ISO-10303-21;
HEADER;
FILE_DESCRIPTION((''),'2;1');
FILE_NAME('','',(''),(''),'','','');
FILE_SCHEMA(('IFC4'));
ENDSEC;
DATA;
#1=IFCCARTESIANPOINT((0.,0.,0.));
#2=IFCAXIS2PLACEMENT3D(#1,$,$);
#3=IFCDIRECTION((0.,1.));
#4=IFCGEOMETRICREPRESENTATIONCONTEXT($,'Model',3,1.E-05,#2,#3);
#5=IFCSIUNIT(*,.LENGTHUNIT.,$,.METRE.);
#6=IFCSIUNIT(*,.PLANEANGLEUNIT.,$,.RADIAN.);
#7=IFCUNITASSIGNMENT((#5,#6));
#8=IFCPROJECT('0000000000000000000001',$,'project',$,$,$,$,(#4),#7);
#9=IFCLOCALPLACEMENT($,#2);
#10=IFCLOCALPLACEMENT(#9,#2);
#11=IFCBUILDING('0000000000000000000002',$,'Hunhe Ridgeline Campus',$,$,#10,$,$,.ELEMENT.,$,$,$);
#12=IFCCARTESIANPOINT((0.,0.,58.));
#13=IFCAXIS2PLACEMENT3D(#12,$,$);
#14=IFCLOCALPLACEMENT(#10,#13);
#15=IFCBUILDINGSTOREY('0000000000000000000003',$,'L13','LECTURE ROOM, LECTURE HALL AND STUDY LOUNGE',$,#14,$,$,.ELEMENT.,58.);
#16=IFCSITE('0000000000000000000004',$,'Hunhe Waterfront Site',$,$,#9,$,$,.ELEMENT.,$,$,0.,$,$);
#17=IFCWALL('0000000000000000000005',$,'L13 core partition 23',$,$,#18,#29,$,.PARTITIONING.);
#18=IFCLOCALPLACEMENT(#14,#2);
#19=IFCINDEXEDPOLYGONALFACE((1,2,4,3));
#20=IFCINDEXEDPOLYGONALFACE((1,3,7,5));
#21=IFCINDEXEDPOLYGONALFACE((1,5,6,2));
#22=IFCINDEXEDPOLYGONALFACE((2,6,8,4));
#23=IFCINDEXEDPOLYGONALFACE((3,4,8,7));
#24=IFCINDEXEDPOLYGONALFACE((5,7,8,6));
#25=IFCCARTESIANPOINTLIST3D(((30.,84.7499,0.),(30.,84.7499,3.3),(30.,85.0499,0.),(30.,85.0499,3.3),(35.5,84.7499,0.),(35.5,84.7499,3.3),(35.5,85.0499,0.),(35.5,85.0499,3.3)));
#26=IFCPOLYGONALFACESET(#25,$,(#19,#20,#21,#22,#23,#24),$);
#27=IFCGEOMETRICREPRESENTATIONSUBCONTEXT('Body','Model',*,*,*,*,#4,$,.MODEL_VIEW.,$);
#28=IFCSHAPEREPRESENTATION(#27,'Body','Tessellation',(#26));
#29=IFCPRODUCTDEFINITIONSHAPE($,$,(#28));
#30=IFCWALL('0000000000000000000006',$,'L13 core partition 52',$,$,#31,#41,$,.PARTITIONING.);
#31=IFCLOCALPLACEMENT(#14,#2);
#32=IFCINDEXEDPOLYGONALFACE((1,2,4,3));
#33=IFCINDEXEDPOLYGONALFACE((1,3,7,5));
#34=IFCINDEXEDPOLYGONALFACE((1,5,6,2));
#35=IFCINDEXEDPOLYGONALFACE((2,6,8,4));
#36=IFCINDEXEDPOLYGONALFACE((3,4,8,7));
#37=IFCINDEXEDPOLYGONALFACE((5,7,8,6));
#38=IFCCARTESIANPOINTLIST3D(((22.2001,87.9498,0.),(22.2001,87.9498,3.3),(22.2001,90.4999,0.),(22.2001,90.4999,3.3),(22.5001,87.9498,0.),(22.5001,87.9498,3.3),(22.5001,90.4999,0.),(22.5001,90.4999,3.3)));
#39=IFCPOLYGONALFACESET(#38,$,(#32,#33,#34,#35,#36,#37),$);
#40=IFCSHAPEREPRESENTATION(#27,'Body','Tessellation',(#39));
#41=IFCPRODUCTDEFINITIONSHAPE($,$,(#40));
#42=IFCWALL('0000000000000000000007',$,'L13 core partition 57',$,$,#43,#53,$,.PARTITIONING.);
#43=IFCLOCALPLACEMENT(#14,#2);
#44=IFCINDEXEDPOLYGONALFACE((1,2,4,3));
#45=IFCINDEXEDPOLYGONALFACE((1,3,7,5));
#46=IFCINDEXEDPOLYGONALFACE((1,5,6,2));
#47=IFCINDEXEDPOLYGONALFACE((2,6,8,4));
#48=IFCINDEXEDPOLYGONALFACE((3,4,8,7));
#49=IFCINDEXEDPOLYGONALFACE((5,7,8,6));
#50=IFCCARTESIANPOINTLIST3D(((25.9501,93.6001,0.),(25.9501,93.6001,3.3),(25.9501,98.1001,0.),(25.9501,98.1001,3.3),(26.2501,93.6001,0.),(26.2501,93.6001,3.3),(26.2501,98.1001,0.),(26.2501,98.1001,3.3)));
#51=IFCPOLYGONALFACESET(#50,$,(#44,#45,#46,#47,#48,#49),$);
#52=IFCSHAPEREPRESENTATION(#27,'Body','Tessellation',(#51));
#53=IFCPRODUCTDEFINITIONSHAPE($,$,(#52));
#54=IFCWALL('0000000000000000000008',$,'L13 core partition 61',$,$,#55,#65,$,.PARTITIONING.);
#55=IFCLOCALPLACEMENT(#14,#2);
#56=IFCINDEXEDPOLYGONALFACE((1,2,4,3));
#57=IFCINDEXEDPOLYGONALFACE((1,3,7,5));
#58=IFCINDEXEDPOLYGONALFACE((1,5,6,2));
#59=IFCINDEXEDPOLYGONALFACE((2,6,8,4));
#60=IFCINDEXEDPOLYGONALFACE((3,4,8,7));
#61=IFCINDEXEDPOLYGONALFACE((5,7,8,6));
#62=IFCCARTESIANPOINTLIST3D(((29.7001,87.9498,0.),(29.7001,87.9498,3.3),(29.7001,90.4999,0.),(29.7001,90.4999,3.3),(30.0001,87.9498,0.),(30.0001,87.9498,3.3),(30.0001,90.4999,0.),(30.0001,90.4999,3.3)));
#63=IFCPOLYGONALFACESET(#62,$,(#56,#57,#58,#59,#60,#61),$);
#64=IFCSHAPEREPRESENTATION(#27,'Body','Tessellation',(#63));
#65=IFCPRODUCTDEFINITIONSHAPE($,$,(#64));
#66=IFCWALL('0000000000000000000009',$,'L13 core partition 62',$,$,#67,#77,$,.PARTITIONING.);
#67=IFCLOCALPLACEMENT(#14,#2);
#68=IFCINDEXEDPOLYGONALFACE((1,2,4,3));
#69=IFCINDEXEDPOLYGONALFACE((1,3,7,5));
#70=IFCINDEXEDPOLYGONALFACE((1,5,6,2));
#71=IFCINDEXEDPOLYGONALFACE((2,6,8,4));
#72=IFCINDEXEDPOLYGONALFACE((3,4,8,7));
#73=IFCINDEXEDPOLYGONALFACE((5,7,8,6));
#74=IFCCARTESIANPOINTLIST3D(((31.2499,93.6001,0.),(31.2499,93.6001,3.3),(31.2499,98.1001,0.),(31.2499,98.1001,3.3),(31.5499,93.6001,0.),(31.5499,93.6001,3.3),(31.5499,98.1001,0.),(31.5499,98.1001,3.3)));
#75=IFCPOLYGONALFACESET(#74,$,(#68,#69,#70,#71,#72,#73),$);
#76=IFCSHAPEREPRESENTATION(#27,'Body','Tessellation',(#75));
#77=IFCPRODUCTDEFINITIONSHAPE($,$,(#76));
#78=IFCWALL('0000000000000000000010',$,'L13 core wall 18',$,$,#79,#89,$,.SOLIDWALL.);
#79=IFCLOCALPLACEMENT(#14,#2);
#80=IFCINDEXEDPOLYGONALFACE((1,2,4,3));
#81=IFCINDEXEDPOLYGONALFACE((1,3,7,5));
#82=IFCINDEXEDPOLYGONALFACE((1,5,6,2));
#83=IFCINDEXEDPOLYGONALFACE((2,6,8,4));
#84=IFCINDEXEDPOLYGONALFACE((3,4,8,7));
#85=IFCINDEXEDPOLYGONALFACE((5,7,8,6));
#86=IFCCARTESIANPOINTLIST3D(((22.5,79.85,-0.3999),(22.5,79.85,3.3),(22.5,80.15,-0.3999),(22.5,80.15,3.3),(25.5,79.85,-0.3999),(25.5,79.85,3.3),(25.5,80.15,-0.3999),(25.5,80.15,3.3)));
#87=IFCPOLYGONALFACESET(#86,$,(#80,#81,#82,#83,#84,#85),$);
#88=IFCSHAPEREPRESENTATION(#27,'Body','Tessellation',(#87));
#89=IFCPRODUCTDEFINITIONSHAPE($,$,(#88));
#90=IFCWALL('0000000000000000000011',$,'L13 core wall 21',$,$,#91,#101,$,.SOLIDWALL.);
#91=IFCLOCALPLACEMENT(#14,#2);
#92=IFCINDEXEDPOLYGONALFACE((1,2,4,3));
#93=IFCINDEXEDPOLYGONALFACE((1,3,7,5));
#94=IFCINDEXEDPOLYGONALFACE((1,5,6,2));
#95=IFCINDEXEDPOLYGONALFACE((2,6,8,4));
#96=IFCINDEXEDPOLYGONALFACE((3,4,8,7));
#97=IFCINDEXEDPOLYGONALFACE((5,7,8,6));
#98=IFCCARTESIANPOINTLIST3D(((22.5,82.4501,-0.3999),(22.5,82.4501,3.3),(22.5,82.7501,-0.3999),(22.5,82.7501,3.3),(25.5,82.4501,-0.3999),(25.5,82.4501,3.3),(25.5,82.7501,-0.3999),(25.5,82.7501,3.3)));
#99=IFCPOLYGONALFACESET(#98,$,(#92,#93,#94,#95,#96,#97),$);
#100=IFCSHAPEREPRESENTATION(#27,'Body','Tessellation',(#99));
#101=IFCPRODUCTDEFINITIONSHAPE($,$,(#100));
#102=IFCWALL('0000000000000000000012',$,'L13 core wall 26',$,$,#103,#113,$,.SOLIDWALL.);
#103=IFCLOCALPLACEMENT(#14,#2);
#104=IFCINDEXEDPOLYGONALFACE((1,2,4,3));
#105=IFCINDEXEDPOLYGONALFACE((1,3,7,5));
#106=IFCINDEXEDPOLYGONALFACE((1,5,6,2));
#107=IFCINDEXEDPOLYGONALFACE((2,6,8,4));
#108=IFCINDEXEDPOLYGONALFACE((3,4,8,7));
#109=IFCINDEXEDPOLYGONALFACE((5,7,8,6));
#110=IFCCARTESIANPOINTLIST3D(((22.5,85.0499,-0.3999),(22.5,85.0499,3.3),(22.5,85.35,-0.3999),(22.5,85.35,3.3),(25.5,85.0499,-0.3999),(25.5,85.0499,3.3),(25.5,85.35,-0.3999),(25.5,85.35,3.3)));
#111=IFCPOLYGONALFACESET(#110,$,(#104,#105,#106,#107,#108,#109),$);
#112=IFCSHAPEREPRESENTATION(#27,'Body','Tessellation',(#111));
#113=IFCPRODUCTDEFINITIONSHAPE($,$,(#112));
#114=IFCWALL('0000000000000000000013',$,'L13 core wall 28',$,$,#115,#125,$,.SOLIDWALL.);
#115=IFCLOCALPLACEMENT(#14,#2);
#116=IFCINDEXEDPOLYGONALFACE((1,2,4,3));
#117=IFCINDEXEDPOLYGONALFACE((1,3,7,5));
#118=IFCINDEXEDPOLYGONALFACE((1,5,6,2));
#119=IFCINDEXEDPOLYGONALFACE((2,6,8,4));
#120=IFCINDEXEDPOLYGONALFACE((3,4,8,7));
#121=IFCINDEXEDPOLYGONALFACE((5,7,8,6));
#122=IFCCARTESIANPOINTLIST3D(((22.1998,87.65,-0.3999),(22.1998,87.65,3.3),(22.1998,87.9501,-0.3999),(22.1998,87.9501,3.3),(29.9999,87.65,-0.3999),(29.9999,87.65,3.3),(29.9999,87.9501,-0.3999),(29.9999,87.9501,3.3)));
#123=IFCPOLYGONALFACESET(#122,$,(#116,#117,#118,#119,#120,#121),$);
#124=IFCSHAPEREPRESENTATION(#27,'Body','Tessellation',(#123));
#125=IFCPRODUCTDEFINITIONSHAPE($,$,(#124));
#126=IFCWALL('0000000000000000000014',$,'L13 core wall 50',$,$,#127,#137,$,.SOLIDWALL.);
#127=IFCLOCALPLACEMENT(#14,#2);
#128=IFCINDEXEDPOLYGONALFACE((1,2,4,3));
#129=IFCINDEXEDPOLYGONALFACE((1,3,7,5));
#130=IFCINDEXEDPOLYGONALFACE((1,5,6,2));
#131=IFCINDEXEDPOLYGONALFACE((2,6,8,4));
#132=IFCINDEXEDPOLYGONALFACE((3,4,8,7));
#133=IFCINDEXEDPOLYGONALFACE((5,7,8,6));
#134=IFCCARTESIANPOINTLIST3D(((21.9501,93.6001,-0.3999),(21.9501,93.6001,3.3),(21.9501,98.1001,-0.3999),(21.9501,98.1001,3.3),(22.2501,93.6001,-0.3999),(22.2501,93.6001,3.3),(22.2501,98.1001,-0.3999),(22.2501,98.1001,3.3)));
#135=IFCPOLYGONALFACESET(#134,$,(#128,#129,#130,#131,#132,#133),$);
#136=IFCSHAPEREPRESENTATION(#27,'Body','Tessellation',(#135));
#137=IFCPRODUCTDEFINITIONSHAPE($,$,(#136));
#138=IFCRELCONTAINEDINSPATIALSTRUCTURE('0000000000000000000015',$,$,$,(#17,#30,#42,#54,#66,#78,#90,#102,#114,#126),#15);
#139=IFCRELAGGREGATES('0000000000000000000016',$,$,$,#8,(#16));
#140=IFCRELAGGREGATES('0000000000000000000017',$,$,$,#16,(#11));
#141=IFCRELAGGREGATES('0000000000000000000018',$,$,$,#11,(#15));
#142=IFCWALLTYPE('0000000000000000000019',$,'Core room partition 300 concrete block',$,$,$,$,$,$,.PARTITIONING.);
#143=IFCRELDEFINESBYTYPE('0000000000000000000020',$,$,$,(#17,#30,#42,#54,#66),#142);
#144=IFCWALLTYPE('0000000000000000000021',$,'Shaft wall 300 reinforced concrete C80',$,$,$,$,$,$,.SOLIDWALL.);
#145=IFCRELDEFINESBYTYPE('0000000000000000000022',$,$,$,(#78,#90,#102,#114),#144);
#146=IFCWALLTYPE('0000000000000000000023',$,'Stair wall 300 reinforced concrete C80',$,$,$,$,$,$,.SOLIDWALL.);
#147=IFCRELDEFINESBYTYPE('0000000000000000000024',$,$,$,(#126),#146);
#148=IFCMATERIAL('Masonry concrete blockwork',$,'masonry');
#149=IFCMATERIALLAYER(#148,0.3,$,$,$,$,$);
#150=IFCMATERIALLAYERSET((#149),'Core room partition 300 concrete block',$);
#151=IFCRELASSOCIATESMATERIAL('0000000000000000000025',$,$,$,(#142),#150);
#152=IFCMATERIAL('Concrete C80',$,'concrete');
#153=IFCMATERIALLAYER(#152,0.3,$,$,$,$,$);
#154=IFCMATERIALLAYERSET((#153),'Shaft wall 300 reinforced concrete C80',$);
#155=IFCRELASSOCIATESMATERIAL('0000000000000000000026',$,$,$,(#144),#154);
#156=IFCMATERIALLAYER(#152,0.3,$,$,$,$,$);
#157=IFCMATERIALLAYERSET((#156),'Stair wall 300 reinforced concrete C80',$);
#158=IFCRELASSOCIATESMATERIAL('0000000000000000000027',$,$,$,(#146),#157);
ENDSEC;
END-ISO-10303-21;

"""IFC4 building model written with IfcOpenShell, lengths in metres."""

from ifc_helpers import new_model, si_unit, direction, frame, frame_2d, origin, place, context, subcontext, project, spatial, rectangle, extrude, material, layer, layer_set, type_object, element, save


model = new_model("IFC4")

# Units and contexts
model_context = context("Model", 3, precision=1e-05, world=origin(), true_north=direction((0.0, 1.0)))
body_context = subcontext(model_context, "Body", "Model", "MODEL_VIEW")
ifc_project = project(units=[si_unit("LENGTHUNIT", "METRE"), si_unit("PLANEANGLEUNIT", "RADIAN")], contexts=[model_context])

# Site, building, storey
site_placement = place(None, origin())
site = spatial("IfcSite", under=ifc_project, at=site_placement, Name="Hunhe Waterfront Site", CompositionType="ELEMENT", RefElevation=0.0)
building_placement = place(site_placement, origin())
building = spatial("IfcBuilding", under=site, at=building_placement, Name="Hunhe Ridgeline Campus", CompositionType="ELEMENT")
storey_placement = place(building_placement, frame((0.0, 0.0, 58.0)))
storey = spatial("IfcBuildingStorey", under=building, at=storey_placement, Name="L13", Description="LECTURE ROOM, LECTURE HALL AND STUDY LOUNGE", CompositionType="ELEMENT", Elevation=58.0)

# Walls
ifc_material_1 = material(Name="Masonry concrete blockwork", Category="masonry")
ifc_layer_1 = layer(ifc_material_1, 0.3)
ifc_layer_set_1 = layer_set([ifc_layer_1], Name="Core room partition 300 concrete block")
wall_type_1 = type_object("IfcWallType", Name="Core room partition 300 concrete block", PredefinedType="PARTITIONING", material=ifc_layer_set_1)
wall_1_placement = place(storey_placement, frame((30.0, 84.8999, 0.0), z_axis=(0.0, 0.0, 1.0), x_axis=(1.0, 0.0, 0.0)))
element("IfcWall", 1, at=wall_1_placement, inside=storey, type_object=wall_type_1, Name="L13 core partition 23", PredefinedType="PARTITIONING", context=body_context, shape_type="SweptSolid", body=[
    extrude(rectangle(XDim=5.5, YDim=0.3, at=frame_2d((2.75, 0.0))), origin(), (0.0, 0.0, 1.0), 3.3),
])
wall_2_placement = place(storey_placement, frame((22.3501, 87.95, 0.0), z_axis=(0.0, 0.0, 1.0), x_axis=(0.0, 1.0, 0.0)))
element("IfcWall", 2, at=wall_2_placement, inside=storey, type_object=wall_type_1, Name="L13 core partition 52", PredefinedType="PARTITIONING", context=body_context, shape_type="SweptSolid", body=[
    extrude(rectangle(XDim=2.55, YDim=0.3, at=frame_2d((1.2749, 0.0))), origin(), (0.0, 0.0, 1.0), 3.3),
])
wall_3_placement = place(storey_placement, frame((26.1001, 93.6001, 0.0), z_axis=(0.0, 0.0, 1.0), x_axis=(0.0, 1.0, 0.0)))
element("IfcWall", 3, at=wall_3_placement, inside=storey, type_object=wall_type_1, Name="L13 core partition 57", PredefinedType="PARTITIONING", context=body_context, shape_type="SweptSolid", body=[
    extrude(rectangle(XDim=4.5, YDim=0.3, at=frame_2d((2.25, 0.0))), origin(), (0.0, 0.0, 1.0), 3.3),
])
wall_4_placement = place(storey_placement, frame((29.8501, 87.95, 0.0), z_axis=(0.0, 0.0, 1.0), x_axis=(0.0, 1.0, 0.0)))
element("IfcWall", 4, at=wall_4_placement, inside=storey, type_object=wall_type_1, Name="L13 core partition 61", PredefinedType="PARTITIONING", context=body_context, shape_type="SweptSolid", body=[
    extrude(rectangle(XDim=2.55, YDim=0.3, at=frame_2d((1.2749, 0.0))), origin(), (0.0, 0.0, 1.0), 3.3),
])
wall_5_placement = place(storey_placement, frame((31.3999, 93.6001, 0.0), z_axis=(0.0, 0.0, 1.0), x_axis=(0.0, 1.0, 0.0)))
element("IfcWall", 5, at=wall_5_placement, inside=storey, type_object=wall_type_1, Name="L13 core partition 62", PredefinedType="PARTITIONING", context=body_context, shape_type="SweptSolid", body=[
    extrude(rectangle(XDim=4.5, YDim=0.3, at=frame_2d((2.25, 0.0))), origin(), (0.0, 0.0, 1.0), 3.3),
])
ifc_material_2 = material(Name="Concrete C80", Category="concrete")
ifc_layer_2 = layer(ifc_material_2, 0.3)
ifc_layer_set_2 = layer_set([ifc_layer_2], Name="Shaft wall 300 reinforced concrete C80")
wall_type_2 = type_object("IfcWallType", Name="Shaft wall 300 reinforced concrete C80", PredefinedType="SOLIDWALL", material=ifc_layer_set_2)
for number, where, z_axis, x_axis, name in (
    (6, (22.5, 80.0, -0.3999), (0.0, 0.0, 1.0), (1.0, 0.0, 0.0), "L13 core wall 18"),
    (7, (22.5, 82.6001, -0.3999), (0.0, 0.0, 1.0), (1.0, 0.0, 0.0), "L13 core wall 21"),
    (8, (22.5, 85.2, -0.3999), (0.0, 0.0, 1.0), (1.0, 0.0, 0.0), "L13 core wall 26"),
):
    element("IfcWall", number, at=place(storey_placement, frame(where, z_axis=z_axis, x_axis=x_axis)), inside=storey, type_object=wall_type_2, Name=name, PredefinedType="SOLIDWALL", context=body_context, shape_type="SweptSolid", body=[
        extrude(rectangle(XDim=3.0, YDim=0.3, at=frame_2d((1.5, 0.0))), origin(), (0.0, 0.0, 1.0), 3.7),
    ])
wall_6_placement = place(storey_placement, frame((22.2, 87.8, -0.3999), z_axis=(0.0, 0.0, 1.0), x_axis=(1.0, 0.0, 0.0)))
element("IfcWall", 9, at=wall_6_placement, inside=storey, type_object=wall_type_2, Name="L13 core wall 28", PredefinedType="SOLIDWALL", context=body_context, shape_type="SweptSolid", body=[
    extrude(rectangle(XDim=7.8, YDim=0.3, at=frame_2d((3.8999, 0.0))), origin(), (0.0, 0.0, 1.0), 3.7),
])

# Shared definitions
ifc_layer_3 = layer(ifc_material_2, 0.3)
ifc_layer_set_3 = layer_set([ifc_layer_3], Name="Stair wall 300 reinforced concrete C80")
wall_type_3 = type_object("IfcWallType", Name="Stair wall 300 reinforced concrete C80", PredefinedType="SOLIDWALL", material=ifc_layer_set_3)

# Wall
wall_7_placement = place(storey_placement, frame((22.1001, 93.6001, -0.3999), z_axis=(0.0, 0.0, 1.0), x_axis=(0.0, 1.0, 0.0)))
element("IfcWall", 10, at=wall_7_placement, inside=storey, type_object=wall_type_3, Name="L13 core wall 50", PredefinedType="SOLIDWALL", context=body_context, shape_type="SweptSolid", body=[
    extrude(rectangle(XDim=4.5, YDim=0.3, at=frame_2d((2.25, 0.0))), origin(), (0.0, 0.0, 1.0), 3.7),
])

save(model, "model.ifc")
